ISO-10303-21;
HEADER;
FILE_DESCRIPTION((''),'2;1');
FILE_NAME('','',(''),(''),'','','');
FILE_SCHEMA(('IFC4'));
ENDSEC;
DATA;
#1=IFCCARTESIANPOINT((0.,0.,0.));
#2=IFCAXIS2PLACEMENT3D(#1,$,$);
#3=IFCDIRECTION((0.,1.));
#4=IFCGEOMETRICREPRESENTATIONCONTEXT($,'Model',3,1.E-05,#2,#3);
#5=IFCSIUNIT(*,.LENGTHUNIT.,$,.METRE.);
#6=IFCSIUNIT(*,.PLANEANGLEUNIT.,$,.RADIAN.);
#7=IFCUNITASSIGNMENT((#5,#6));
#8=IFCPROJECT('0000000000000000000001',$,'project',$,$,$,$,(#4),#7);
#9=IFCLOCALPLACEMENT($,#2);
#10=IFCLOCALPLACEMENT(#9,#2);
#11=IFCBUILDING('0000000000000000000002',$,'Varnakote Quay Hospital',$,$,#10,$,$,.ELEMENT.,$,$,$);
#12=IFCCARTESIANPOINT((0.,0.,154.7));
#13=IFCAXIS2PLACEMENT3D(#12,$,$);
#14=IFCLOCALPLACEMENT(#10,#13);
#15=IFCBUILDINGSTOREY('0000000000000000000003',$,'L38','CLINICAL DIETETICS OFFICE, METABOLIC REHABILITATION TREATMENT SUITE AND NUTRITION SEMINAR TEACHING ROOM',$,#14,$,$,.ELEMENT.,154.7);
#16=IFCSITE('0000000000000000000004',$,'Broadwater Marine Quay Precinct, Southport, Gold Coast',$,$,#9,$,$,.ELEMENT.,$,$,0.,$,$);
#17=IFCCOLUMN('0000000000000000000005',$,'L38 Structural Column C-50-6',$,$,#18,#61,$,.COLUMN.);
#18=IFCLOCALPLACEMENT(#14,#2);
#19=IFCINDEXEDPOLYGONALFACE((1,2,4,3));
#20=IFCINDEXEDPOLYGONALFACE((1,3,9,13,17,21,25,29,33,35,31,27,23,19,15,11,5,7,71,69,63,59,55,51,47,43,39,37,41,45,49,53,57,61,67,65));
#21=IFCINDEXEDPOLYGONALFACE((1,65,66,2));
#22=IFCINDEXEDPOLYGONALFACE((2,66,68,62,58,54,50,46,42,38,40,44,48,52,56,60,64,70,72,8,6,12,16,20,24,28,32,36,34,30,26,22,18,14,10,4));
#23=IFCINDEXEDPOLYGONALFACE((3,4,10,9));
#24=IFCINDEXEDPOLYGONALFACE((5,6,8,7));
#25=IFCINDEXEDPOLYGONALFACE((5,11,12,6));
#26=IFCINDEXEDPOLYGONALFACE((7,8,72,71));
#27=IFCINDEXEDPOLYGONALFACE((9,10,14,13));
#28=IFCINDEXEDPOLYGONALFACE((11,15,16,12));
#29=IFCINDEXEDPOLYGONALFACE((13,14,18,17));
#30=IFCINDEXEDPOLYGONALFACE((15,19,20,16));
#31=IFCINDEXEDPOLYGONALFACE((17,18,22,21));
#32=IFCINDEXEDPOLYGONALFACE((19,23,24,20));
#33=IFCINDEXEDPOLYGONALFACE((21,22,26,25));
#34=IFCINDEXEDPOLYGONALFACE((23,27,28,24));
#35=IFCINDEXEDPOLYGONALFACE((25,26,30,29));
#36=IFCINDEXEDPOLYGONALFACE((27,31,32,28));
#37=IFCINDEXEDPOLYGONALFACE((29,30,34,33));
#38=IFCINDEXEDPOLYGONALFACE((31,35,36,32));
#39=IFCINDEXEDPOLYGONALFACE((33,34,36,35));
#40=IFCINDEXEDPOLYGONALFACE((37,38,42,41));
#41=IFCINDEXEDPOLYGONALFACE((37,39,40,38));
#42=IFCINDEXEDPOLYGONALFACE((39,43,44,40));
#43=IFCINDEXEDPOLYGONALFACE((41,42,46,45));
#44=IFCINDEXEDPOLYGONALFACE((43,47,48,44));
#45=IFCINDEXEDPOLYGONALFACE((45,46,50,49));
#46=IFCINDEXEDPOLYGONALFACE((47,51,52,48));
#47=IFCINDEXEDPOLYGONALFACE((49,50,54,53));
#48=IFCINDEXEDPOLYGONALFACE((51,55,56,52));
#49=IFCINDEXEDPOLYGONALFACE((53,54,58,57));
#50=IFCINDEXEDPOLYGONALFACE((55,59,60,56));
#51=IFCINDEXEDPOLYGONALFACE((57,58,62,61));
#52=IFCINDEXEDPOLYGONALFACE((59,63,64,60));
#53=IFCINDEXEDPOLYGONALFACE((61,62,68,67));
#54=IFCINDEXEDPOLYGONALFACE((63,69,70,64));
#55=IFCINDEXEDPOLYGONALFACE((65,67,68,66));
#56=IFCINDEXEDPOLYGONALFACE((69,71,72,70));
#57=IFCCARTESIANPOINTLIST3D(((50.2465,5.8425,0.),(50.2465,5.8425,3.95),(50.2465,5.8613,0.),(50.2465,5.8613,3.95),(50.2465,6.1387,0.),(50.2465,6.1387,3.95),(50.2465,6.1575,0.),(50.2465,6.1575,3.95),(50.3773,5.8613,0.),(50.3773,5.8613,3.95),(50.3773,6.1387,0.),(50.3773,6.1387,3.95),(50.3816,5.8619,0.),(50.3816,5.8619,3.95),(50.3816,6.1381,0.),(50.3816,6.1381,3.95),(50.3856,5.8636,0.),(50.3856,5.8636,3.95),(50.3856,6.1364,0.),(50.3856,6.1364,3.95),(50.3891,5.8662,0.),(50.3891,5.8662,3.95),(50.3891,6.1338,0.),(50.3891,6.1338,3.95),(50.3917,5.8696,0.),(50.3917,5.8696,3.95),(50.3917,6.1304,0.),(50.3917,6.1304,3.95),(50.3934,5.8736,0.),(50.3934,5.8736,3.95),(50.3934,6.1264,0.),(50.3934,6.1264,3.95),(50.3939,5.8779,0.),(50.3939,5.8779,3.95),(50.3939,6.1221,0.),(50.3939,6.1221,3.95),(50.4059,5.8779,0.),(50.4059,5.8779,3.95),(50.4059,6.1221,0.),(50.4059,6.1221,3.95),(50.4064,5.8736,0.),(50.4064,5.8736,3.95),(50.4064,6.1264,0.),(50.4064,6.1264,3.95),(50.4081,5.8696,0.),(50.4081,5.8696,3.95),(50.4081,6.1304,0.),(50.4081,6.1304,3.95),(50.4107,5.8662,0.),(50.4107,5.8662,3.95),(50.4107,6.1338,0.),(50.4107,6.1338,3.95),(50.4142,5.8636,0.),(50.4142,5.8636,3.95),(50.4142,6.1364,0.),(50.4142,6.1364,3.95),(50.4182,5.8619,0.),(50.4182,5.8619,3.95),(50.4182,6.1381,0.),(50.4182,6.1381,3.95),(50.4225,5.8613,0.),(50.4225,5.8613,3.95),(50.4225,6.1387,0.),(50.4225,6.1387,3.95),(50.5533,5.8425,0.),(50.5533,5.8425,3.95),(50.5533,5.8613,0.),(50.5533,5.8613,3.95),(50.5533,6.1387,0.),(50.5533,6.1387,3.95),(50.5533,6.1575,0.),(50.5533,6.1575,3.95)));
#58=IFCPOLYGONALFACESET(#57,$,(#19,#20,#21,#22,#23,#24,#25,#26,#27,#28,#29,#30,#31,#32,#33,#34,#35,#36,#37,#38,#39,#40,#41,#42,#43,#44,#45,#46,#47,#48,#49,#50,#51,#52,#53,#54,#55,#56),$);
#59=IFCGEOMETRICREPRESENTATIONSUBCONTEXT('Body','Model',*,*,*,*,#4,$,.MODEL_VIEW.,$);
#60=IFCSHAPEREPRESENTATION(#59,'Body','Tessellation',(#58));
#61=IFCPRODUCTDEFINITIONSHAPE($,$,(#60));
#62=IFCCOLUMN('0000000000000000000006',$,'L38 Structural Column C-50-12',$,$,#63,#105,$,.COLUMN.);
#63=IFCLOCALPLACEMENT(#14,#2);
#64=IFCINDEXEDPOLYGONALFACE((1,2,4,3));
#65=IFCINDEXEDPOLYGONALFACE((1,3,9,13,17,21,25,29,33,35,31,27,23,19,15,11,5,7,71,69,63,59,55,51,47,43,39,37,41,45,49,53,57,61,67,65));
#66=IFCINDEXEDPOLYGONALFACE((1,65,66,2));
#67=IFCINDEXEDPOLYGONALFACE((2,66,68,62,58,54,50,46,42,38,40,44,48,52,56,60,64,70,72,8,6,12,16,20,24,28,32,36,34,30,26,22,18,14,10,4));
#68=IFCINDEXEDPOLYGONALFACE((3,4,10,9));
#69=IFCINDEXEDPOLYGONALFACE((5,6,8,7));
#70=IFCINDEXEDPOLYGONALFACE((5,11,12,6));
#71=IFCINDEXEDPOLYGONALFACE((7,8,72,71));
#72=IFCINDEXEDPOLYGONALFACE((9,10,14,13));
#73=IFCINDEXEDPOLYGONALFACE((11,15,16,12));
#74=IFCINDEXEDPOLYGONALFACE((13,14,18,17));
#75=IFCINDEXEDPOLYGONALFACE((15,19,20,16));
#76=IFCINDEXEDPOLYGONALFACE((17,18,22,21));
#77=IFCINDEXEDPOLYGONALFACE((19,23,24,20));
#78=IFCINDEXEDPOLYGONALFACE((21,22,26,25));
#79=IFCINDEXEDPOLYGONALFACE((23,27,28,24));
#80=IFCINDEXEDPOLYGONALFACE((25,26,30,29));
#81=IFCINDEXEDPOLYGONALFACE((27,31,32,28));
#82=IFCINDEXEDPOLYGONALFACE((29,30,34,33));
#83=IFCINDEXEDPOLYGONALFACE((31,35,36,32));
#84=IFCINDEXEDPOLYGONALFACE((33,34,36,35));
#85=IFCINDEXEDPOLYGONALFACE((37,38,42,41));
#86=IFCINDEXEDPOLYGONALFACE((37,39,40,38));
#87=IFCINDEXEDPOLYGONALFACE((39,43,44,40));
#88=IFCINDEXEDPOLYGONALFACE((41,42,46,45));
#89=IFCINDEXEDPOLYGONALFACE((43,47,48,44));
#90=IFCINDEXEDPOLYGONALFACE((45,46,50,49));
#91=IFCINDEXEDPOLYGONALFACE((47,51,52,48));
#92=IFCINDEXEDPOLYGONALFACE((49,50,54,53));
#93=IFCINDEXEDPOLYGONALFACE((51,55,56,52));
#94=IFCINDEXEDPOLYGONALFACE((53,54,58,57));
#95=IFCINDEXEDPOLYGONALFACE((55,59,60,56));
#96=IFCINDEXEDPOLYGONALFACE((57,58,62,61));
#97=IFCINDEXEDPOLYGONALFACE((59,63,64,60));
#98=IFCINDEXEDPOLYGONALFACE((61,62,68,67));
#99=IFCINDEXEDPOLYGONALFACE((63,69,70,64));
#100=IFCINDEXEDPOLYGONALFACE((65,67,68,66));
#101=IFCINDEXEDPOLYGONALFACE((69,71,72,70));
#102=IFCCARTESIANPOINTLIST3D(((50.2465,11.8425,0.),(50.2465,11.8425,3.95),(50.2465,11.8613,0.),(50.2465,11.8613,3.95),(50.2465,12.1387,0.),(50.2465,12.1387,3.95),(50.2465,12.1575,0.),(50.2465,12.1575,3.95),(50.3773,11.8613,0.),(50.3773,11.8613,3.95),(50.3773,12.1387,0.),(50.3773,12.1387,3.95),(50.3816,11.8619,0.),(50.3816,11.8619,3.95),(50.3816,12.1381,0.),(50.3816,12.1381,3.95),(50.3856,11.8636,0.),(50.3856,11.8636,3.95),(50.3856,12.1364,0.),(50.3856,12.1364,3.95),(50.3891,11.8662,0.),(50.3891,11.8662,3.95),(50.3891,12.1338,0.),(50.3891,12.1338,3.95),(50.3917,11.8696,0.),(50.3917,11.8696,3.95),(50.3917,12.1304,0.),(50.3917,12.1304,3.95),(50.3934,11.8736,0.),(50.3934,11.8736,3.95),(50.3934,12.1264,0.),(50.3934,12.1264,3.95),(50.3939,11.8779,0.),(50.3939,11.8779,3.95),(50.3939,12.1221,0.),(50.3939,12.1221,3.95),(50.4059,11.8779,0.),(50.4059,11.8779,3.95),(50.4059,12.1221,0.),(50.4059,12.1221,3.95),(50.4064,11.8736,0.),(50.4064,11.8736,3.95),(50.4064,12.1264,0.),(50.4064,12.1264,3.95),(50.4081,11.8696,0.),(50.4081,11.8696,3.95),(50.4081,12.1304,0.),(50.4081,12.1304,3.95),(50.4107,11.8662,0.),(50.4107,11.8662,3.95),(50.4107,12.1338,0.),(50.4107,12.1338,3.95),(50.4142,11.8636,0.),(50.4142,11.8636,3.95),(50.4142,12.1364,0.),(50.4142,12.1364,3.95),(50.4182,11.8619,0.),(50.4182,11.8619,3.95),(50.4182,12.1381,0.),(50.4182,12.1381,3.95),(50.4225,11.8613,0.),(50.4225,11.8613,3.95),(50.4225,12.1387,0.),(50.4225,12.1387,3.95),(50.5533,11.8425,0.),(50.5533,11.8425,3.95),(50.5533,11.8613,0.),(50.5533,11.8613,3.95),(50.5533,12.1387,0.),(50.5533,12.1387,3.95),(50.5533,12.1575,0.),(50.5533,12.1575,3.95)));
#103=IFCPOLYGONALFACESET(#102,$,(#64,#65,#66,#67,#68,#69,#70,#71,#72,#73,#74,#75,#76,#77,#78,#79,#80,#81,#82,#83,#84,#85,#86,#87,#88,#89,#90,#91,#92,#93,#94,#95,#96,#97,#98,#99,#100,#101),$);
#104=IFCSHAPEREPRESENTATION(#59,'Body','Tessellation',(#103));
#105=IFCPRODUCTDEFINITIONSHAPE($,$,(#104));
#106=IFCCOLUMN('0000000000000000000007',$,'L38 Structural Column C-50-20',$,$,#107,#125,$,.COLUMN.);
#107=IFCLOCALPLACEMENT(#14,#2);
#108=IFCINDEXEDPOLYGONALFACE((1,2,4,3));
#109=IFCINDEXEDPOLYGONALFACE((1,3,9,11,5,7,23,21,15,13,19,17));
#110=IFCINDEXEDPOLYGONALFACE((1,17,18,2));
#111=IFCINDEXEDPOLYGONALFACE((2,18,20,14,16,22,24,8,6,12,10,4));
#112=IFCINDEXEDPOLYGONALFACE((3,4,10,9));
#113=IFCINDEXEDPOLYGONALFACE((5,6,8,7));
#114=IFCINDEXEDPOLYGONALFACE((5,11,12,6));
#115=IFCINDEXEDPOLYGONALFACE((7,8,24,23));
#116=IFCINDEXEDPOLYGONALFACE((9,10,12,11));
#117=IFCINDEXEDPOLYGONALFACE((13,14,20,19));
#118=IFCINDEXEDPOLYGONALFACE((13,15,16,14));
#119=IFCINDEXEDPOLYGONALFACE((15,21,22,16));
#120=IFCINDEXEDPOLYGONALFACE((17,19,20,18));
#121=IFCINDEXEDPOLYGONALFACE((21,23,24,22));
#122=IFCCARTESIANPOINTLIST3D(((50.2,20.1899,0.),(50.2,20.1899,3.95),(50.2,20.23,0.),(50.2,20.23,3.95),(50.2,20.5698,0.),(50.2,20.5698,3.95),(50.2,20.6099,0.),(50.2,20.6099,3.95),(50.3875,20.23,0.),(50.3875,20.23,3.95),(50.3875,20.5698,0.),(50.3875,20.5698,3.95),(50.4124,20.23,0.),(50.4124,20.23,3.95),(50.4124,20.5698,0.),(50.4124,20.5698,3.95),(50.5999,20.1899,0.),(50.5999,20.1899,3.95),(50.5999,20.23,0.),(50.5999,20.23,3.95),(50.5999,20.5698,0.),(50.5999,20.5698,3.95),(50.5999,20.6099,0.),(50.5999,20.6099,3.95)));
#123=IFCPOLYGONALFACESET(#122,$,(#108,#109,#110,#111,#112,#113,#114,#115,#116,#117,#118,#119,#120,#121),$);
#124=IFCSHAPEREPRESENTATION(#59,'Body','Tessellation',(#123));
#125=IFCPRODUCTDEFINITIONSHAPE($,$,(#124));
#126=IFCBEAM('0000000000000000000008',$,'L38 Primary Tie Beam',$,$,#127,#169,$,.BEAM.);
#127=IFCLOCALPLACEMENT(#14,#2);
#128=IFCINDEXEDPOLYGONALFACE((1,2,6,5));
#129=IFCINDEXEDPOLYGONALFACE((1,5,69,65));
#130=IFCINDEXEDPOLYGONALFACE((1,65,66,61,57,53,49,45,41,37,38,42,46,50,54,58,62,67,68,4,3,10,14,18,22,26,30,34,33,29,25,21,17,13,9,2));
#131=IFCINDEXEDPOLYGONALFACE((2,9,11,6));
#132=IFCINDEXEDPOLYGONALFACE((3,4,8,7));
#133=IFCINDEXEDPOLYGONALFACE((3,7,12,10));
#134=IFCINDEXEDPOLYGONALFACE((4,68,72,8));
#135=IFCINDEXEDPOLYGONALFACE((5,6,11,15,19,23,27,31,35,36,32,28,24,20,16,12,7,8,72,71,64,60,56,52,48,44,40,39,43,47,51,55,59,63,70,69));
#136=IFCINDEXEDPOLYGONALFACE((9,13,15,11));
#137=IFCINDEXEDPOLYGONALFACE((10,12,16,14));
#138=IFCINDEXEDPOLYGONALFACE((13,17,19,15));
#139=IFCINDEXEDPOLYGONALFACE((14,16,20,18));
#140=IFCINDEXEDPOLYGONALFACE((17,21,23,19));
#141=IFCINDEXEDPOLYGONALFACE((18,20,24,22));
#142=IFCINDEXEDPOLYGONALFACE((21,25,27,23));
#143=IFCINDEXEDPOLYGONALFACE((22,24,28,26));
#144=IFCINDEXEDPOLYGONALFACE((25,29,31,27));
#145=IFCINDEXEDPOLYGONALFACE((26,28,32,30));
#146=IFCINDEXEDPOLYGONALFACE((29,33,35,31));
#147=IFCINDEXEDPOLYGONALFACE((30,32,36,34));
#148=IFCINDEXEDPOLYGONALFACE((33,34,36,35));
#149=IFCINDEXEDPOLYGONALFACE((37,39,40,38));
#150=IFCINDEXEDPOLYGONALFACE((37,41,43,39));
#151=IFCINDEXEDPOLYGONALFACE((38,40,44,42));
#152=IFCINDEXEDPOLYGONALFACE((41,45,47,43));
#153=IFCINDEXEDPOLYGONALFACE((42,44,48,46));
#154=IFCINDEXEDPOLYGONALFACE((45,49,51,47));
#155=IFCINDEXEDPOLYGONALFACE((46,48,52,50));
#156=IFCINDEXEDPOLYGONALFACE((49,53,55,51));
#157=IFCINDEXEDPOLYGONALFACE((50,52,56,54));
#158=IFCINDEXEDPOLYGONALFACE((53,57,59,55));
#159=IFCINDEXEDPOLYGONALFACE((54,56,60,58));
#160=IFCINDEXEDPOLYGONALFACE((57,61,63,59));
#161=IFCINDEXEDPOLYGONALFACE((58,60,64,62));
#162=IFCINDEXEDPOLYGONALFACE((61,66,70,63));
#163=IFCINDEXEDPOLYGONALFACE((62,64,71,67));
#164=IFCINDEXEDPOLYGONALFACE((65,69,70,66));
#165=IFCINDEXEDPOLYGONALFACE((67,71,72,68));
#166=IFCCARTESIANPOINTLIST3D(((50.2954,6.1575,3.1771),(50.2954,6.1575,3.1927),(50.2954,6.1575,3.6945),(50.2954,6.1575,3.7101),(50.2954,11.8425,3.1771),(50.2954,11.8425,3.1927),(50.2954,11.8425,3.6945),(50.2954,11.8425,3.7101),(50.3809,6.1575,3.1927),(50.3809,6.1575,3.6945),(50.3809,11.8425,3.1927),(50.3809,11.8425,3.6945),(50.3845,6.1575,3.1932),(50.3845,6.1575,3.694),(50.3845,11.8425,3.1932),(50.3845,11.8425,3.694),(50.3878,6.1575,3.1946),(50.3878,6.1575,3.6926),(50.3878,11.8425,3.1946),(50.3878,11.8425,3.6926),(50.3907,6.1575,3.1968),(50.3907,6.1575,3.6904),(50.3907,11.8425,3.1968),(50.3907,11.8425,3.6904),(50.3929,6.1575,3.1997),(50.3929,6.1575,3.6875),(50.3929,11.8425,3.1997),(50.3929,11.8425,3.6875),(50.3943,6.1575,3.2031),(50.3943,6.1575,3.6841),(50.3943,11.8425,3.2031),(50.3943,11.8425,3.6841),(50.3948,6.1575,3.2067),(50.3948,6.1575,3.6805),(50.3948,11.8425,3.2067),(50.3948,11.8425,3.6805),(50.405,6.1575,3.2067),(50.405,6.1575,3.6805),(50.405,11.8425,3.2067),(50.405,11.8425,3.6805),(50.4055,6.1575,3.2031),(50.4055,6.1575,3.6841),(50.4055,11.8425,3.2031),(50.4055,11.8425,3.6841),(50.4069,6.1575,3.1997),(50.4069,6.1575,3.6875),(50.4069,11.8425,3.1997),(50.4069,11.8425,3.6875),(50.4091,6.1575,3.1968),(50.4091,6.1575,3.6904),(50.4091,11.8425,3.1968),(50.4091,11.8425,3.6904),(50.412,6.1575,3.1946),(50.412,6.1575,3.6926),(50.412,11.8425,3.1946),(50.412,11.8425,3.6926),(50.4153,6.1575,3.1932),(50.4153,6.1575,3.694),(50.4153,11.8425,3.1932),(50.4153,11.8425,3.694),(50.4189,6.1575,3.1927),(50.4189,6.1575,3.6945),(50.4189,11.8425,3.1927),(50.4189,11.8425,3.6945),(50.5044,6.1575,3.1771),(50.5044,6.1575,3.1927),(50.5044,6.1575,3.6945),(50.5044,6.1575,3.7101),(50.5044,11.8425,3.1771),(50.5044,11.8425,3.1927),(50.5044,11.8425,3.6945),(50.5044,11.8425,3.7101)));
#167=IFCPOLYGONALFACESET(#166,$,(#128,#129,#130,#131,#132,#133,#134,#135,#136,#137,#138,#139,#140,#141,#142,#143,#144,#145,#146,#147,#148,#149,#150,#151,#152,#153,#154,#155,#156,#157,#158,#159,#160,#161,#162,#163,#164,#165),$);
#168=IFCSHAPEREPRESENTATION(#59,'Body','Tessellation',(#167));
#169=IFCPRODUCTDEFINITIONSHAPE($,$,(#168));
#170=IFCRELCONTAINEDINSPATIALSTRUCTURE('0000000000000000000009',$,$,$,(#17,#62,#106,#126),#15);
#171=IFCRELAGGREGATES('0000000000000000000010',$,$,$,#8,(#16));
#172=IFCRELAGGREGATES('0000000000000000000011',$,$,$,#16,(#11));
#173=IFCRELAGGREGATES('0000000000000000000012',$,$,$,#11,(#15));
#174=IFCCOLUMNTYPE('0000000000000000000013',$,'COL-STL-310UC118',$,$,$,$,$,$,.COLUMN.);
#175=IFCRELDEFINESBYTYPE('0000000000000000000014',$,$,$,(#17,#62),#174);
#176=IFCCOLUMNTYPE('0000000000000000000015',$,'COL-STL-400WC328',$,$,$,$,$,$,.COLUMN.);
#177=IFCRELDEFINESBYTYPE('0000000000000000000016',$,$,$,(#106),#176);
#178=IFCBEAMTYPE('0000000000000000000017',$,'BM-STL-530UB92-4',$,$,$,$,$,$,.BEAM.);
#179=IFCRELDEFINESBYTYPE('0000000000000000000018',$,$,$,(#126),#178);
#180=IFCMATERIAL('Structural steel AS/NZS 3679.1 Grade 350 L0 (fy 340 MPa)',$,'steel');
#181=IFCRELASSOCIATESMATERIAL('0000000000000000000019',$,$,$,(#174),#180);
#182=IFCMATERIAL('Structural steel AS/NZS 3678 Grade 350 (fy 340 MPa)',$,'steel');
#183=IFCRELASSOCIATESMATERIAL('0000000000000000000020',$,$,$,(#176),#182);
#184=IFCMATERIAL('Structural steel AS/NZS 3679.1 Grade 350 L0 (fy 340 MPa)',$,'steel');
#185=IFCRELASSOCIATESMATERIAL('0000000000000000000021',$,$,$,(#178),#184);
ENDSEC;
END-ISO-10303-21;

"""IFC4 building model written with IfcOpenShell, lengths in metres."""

from ifc_helpers import new_model, si_unit, direction, frame, origin, origin_2d, place, context, subcontext, project, spatial, i_section, extrude, material, material_profile, profile_set, type_object, element, save


model = new_model("IFC4")

# Units and contexts
model_context = context("Model", 3, precision=1e-05, world=origin(), true_north=direction((0.0, 1.0)))
body_context = subcontext(model_context, "Body", "Model", "MODEL_VIEW")
ifc_project = project(units=[si_unit("LENGTHUNIT", "METRE"), si_unit("PLANEANGLEUNIT", "RADIAN")], contexts=[model_context])

# Site, building, storey
site_placement = place(None, origin())
site = spatial("IfcSite", under=ifc_project, at=site_placement, Name="Broadwater Marine Quay Precinct, Southport, Gold Coast", CompositionType="ELEMENT", RefElevation=0.0)
building_placement = place(site_placement, origin())
building = spatial("IfcBuilding", under=site, at=building_placement, Name="Varnakote Quay Hospital", CompositionType="ELEMENT")
storey_placement = place(building_placement, frame((0.0, 0.0, 154.7)))
storey = spatial("IfcBuildingStorey", under=building, at=storey_placement, Name="L38", Description="CLINICAL DIETETICS OFFICE, METABOLIC REHABILITATION TREATMENT SUITE AND NUTRITION SEMINAR TEACHING ROOM", CompositionType="ELEMENT", Elevation=154.7)

# Columns
ifc_material_1 = material(Name="Structural steel AS/NZS 3679.1 Grade 350 L0 (fy 340 MPa)", Category="steel")
ifc_material_profile_1 = material_profile(ifc_material_1, i_section(OverallWidth=0.3069, OverallDepth=0.3149, WebThickness=0.012, FlangeThickness=0.0188, FilletRadius=0.0166, at=origin_2d()), Name="310UC118")
ifc_profile_set_1 = profile_set([ifc_material_profile_1], Name="Structural steel AS/NZS 3679.1 Grade 350 L0 (fy 340 MPa)")
column_type_1 = type_object("IfcColumnType", Name="COL-STL-310UC118", PredefinedType="COLUMN", material=ifc_profile_set_1)
for number, where, z_axis, x_axis, name in (
    (1, (50.3999, 6.0, 0.0), (0.0, 0.0, 1.0), (1.0, 0.0, 0.0), "L38 Structural Column C-50-6"),
    (2, (50.3999, 12.0, 0.0), (0.0, 0.0, 1.0), (1.0, 0.0, 0.0), "L38 Structural Column C-50-12"),
):
    element("IfcColumn", number, at=place(storey_placement, frame(where, z_axis=z_axis, x_axis=x_axis)), inside=storey, type_object=column_type_1, Name=name, PredefinedType="COLUMN", context=body_context, shape_type="SweptSolid", body=[
        extrude(i_section(OverallWidth=0.3069, OverallDepth=0.3149, WebThickness=0.012, FlangeThickness=0.0188, FilletRadius=0.0166, at=origin_2d()), origin(), (0.0, 0.0, 1.0), 3.95),
    ])
ifc_material_2 = material(Name="Structural steel AS/NZS 3678 Grade 350 (fy 340 MPa)", Category="steel")
ifc_material_profile_2 = material_profile(ifc_material_2, i_section(OverallWidth=0.3999, OverallDepth=0.4199, WebThickness=0.0249, FlangeThickness=0.04, at=origin_2d()), Name="400WC328")
ifc_profile_set_2 = profile_set([ifc_material_profile_2], Name="Structural steel AS/NZS 3678 Grade 350 (fy 340 MPa)")
column_type_2 = type_object("IfcColumnType", Name="COL-STL-400WC328", PredefinedType="COLUMN", material=ifc_profile_set_2)
column_placement = place(storey_placement, frame((50.3999, 20.3999, 0.0), z_axis=(0.0, 0.0, 1.0), x_axis=(1.0, 0.0, 0.0)))
element("IfcColumn", 3, at=column_placement, inside=storey, type_object=column_type_2, Name="L38 Structural Column C-50-20", PredefinedType="COLUMN", context=body_context, shape_type="SweptSolid", body=[
    extrude(i_section(OverallWidth=0.3999, OverallDepth=0.4199, WebThickness=0.0249, FlangeThickness=0.04, at=origin_2d()), origin(), (0.0, 0.0, 1.0), 3.95),
])

# Beam
ifc_material_3 = material(Name="Structural steel AS/NZS 3679.1 Grade 350 L0 (fy 340 MPa)", Category="steel")
ifc_material_profile_3 = material_profile(ifc_material_3, i_section(OverallWidth=0.209, OverallDepth=0.533, WebThickness=0.0103, FlangeThickness=0.0156, FilletRadius=0.0139, at=origin_2d()), Name="530UB92.4")
ifc_profile_set_3 = profile_set([ifc_material_profile_3], Name="Structural steel AS/NZS 3679.1 Grade 350 L0 (fy 340 MPa)")
beam_type = type_object("IfcBeamType", Name="BM-STL-530UB92-4", PredefinedType="BEAM", material=ifc_profile_set_3)
beam_1_placement = place(storey_placement, frame((50.3999, 6.1575, 3.4436), z_axis=(0.0, 1.0, 0.0), x_axis=(-1.0, 0.0, 0.0)))
element("IfcBeam", 4, at=beam_1_placement, inside=storey, type_object=beam_type, Name="L38 Primary Tie Beam", PredefinedType="BEAM", context=body_context, shape_type="SweptSolid", body=[
    extrude(i_section(OverallWidth=0.209, OverallDepth=0.533, WebThickness=0.0103, FlangeThickness=0.0156, FilletRadius=0.0139, at=origin_2d()), origin(), (0.0, 0.0, 1.0), 5.6851),
])

save(model, "model.ifc")
